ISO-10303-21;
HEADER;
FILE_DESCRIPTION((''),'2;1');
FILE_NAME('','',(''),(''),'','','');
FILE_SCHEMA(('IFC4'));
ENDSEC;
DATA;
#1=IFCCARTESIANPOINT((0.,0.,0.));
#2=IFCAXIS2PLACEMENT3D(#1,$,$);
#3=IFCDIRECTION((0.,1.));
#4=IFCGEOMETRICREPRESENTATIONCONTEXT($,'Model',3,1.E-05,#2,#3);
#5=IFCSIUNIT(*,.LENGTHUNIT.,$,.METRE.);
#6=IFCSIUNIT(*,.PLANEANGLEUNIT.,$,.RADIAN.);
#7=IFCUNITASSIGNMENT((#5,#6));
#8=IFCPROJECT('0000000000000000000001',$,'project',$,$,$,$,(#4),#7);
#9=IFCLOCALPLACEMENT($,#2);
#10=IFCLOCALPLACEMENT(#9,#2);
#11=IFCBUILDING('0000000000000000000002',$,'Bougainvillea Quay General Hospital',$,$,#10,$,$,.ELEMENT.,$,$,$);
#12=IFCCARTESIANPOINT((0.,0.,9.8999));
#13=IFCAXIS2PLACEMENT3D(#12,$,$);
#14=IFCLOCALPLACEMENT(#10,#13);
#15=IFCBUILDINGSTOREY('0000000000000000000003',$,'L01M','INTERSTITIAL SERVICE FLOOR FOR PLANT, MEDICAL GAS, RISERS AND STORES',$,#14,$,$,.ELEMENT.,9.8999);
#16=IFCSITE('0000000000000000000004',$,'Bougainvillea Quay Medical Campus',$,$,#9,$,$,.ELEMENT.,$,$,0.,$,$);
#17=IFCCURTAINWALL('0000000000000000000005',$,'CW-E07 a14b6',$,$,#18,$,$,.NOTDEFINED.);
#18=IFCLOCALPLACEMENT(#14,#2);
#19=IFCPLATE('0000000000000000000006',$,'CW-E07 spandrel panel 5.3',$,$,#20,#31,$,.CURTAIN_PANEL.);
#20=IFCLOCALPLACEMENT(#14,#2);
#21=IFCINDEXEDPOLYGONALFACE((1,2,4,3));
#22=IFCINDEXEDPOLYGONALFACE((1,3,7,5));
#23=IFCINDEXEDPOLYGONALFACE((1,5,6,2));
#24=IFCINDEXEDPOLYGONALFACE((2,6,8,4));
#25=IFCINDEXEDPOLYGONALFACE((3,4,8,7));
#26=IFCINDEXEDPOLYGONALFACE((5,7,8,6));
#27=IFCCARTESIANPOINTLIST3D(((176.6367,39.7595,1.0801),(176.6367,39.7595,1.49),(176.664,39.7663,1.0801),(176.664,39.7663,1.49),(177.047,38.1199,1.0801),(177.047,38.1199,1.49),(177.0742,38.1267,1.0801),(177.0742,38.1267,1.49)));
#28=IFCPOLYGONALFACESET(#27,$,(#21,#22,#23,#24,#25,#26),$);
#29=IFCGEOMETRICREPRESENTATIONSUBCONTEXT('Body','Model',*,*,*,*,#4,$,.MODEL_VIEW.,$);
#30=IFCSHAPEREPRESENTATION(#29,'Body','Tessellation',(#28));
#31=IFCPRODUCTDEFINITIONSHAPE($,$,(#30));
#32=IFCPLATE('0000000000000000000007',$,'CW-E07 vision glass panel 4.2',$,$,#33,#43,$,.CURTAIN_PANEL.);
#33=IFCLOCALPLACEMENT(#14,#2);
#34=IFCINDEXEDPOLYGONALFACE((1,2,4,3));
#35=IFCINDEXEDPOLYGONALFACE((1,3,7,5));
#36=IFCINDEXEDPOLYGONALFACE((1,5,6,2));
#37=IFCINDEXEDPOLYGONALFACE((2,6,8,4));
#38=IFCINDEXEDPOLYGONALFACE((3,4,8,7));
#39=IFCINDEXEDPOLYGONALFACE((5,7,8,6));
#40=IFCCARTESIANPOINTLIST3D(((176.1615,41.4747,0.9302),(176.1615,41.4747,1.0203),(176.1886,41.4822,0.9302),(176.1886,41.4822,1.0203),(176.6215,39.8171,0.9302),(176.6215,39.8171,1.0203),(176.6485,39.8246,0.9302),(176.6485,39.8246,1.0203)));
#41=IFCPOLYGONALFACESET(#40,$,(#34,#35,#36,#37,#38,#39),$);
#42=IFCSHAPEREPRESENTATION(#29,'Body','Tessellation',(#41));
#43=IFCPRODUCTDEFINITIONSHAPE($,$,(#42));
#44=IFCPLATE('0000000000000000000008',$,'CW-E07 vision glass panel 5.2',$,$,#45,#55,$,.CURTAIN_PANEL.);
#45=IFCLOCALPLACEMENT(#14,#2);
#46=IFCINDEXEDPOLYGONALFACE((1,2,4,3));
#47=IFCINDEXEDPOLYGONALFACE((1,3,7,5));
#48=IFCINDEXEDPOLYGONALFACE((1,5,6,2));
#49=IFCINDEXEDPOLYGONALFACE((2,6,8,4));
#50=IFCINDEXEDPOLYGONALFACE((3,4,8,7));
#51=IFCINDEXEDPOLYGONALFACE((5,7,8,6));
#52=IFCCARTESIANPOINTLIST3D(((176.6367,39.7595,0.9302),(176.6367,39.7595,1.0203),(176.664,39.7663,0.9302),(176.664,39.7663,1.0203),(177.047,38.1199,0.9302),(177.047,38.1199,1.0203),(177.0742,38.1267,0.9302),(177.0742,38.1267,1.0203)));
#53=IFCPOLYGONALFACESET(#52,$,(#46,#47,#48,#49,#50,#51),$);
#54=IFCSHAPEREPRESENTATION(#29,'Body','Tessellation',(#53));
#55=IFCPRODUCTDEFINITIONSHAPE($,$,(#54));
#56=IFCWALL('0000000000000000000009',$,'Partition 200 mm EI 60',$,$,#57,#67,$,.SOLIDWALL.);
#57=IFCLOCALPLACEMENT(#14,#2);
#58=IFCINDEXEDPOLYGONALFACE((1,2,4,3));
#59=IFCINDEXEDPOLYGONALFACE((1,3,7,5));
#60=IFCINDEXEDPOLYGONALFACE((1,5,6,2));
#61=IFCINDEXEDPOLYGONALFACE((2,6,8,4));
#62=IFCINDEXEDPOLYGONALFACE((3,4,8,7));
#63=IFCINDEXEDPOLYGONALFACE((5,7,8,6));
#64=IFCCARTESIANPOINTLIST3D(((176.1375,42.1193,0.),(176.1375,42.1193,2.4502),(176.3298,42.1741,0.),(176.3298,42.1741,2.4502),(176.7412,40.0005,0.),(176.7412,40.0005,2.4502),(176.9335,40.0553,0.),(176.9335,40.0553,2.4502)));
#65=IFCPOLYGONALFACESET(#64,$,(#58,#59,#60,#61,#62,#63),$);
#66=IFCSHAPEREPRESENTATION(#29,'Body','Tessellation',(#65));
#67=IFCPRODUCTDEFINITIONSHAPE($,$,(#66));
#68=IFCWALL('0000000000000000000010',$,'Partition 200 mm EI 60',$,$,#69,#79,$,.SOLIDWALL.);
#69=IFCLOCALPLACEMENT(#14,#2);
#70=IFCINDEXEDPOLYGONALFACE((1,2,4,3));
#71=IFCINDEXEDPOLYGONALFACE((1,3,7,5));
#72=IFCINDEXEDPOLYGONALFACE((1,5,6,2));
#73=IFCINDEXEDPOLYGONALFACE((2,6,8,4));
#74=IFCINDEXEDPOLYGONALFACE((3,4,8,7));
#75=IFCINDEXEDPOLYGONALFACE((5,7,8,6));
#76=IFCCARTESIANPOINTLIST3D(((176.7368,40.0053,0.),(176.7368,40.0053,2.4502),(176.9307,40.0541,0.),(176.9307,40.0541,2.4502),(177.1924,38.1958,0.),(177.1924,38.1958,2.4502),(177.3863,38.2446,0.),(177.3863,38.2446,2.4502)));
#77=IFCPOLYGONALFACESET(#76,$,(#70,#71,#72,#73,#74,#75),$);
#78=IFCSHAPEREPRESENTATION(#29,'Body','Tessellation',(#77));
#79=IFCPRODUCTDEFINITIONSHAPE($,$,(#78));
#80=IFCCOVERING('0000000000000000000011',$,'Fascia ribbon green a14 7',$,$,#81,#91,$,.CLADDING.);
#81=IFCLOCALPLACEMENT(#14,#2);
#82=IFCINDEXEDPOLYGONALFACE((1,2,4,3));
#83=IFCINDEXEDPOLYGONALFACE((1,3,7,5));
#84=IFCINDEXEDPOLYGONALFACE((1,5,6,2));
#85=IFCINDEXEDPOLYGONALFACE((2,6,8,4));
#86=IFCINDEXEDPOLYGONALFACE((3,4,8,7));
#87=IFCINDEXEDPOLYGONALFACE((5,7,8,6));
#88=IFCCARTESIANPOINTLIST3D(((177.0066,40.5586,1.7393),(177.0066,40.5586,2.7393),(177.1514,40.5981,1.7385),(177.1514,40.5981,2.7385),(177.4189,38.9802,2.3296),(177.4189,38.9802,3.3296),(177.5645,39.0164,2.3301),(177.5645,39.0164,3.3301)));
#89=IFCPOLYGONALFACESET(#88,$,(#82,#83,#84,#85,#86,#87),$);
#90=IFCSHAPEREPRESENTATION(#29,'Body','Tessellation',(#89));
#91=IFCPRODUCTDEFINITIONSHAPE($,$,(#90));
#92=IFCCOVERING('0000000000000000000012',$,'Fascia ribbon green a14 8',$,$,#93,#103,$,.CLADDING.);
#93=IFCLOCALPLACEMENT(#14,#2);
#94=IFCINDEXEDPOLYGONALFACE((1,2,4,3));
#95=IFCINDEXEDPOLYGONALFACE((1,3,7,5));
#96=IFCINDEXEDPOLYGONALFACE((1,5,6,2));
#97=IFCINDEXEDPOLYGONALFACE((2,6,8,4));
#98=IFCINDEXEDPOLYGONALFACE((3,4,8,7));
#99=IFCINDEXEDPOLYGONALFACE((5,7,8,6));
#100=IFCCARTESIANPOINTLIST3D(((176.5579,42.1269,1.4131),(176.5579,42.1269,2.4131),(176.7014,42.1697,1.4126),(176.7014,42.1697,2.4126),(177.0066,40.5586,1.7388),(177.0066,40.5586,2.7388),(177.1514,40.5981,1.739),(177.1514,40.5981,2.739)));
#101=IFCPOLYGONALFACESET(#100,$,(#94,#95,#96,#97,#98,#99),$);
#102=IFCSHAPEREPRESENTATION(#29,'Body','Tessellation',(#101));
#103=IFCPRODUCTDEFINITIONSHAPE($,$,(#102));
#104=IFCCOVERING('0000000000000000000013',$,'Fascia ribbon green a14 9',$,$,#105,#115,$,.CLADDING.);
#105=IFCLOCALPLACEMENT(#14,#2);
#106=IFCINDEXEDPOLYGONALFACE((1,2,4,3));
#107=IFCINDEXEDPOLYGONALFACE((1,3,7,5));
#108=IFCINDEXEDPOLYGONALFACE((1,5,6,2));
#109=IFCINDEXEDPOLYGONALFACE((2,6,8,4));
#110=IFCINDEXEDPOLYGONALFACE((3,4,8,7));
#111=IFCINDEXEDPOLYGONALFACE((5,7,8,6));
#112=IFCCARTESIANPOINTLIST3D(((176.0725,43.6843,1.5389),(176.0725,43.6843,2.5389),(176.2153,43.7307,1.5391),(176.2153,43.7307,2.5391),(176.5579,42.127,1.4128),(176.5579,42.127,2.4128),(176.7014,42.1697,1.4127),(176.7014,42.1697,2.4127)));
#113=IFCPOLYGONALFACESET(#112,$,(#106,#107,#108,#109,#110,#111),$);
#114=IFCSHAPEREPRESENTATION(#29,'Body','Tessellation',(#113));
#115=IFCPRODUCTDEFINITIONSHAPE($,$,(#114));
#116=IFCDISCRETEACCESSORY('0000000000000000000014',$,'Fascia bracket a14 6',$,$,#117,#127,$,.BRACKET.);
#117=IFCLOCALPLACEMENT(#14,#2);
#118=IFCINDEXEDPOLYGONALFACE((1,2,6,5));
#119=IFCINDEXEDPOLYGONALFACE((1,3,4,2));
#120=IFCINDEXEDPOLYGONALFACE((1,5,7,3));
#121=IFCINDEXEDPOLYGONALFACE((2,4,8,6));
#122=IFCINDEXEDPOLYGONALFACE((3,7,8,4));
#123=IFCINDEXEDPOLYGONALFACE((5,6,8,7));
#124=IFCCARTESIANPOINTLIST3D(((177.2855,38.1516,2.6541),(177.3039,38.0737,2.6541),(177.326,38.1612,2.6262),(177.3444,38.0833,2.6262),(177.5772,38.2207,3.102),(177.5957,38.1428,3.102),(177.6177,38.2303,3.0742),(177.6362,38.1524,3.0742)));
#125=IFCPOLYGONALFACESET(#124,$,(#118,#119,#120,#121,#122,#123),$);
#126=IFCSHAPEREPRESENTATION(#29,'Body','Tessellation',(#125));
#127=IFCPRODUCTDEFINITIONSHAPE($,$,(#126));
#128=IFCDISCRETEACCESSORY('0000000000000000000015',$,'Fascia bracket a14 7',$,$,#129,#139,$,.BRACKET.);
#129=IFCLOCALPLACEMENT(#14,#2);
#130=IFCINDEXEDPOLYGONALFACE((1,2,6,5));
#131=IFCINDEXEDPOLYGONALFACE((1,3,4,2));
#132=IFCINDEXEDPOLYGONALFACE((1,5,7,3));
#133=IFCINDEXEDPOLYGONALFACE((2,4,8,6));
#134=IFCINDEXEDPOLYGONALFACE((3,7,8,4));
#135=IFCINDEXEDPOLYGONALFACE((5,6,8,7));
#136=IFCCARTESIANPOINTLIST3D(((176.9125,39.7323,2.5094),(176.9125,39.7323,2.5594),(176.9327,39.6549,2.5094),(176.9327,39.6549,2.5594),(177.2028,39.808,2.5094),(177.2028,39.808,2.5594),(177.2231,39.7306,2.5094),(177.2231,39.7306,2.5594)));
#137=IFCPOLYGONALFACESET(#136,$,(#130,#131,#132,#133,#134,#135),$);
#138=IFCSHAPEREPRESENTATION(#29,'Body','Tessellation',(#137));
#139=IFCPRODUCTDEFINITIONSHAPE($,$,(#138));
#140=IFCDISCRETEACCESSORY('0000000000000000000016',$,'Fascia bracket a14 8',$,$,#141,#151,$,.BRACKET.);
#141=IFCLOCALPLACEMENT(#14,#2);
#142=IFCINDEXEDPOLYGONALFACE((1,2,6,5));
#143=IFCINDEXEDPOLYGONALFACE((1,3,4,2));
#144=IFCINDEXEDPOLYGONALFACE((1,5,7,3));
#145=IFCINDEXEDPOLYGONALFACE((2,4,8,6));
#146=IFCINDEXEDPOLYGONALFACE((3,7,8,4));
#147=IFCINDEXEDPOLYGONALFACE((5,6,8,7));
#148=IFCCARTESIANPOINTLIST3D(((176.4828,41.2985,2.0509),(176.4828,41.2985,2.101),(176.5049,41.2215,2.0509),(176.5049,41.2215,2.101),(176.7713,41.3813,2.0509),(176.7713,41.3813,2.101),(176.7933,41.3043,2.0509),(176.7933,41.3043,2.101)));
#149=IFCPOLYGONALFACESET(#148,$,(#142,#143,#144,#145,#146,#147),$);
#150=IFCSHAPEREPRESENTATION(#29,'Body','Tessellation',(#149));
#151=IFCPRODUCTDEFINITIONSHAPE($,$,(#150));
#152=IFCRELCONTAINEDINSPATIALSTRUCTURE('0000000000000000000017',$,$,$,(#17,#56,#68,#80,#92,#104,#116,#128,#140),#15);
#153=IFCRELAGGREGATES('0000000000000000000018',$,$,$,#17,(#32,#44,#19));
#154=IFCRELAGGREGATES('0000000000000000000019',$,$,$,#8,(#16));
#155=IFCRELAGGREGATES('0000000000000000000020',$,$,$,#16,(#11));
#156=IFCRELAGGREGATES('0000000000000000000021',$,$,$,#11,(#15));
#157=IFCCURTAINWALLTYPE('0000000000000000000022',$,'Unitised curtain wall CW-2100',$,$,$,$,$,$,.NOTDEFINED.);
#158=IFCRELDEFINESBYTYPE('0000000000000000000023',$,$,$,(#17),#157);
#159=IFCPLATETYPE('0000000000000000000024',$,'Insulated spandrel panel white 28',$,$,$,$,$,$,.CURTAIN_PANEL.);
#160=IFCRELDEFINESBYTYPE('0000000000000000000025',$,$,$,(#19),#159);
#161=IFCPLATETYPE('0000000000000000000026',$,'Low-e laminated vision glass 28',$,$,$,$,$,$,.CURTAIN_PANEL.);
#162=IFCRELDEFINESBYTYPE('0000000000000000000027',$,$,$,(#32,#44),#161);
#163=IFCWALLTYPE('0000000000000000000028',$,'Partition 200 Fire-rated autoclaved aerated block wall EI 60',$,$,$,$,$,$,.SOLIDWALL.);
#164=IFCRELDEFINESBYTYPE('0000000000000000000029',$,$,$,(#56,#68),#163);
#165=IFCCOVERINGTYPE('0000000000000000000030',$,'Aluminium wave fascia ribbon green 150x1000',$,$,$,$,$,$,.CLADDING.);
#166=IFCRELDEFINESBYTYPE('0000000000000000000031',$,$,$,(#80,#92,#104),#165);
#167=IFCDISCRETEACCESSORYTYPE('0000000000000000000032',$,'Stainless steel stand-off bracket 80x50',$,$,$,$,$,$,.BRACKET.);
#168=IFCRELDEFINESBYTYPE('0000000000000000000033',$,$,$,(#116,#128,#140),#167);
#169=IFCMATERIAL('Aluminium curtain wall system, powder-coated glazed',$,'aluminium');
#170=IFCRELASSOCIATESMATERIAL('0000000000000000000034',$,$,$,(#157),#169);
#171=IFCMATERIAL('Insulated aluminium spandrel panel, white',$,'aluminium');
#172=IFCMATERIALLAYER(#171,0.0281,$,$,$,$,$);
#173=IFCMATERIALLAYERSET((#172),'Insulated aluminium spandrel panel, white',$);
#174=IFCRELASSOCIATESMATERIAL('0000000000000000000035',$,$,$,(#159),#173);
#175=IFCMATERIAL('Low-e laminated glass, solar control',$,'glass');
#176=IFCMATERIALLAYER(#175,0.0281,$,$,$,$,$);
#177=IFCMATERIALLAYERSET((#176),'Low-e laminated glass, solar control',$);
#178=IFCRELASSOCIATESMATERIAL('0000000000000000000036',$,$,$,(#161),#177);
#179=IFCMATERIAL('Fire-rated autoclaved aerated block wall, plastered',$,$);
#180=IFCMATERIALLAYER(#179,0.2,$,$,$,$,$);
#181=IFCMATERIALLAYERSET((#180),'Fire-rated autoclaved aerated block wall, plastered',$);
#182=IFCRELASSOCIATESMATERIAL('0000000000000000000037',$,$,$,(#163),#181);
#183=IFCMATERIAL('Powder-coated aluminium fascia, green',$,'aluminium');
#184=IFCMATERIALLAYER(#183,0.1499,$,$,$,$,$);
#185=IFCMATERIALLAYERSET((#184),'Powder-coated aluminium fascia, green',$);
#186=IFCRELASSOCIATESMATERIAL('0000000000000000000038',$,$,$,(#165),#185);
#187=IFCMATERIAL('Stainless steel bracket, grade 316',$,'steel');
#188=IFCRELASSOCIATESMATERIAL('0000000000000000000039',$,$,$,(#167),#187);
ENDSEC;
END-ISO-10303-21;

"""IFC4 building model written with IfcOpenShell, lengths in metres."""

from ifc_helpers import new_model, si_unit, direction, frame, frame_2d, origin, origin_2d, place, context, subcontext, project, spatial, polyline, rectangle, outline, extrude, material, layer, layer_set, material_profile, profile_set, type_object, element, aggregate, save


model = new_model("IFC4")

# Units and contexts
model_context = context("Model", 3, precision=1e-05, world=origin(), true_north=direction((0.0, 1.0)))
body_context = subcontext(model_context, "Body", "Model", "MODEL_VIEW")
ifc_project = project(units=[si_unit("LENGTHUNIT", "METRE"), si_unit("PLANEANGLEUNIT", "RADIAN")], contexts=[model_context])

# Site, building, storey
site_placement = place(None, origin())
site = spatial("IfcSite", under=ifc_project, at=site_placement, Name="Bougainvillea Quay Medical Campus", CompositionType="ELEMENT", RefElevation=0.0)
building_placement = place(site_placement, origin())
building = spatial("IfcBuilding", under=site, at=building_placement, Name="Bougainvillea Quay General Hospital", CompositionType="ELEMENT")
storey_placement = place(building_placement, frame((0.0, 0.0, 9.8999)))
storey = spatial("IfcBuildingStorey", under=building, at=storey_placement, Name="L01M", Description="INTERSTITIAL SERVICE FLOOR FOR PLANT, MEDICAL GAS, RISERS AND STORES", CompositionType="ELEMENT", Elevation=9.8999)

# Curtain wall, plates
ifc_material_1 = material(Name="Aluminium curtain wall system, powder-coated glazed", Category="aluminium")
curtain_wall_type = type_object("IfcCurtainWallType", Name="Unitised curtain wall CW-2100", PredefinedType="NOTDEFINED", material=ifc_material_1)
curtain_wall_placement = place(storey_placement, origin())
curtain_wall = element("IfcCurtainWall", 1, at=curtain_wall_placement, inside=storey, type_object=curtain_wall_type, Name="CW-E07 a14b6", PredefinedType="NOTDEFINED")
ifc_material_2 = material(Name="Insulated aluminium spandrel panel, white", Category="aluminium")
ifc_layer_1 = layer(ifc_material_2, 0.0281)
ifc_layer_set_1 = layer_set([ifc_layer_1], Name="Insulated aluminium spandrel panel, white")
plate_type_1 = type_object("IfcPlateType", Name="Insulated spandrel panel white 28", PredefinedType="CURTAIN_PANEL", material=ifc_layer_set_1)
plate_1_placement = place(storey_placement, frame((176.8555, 38.9431, 1.0801), z_axis=(0.0, 0.0, 1.0), x_axis=(0.242721, -0.970096, 0.0)))
plate_1 = element("IfcPlate", 2, at=plate_1_placement, type_object=plate_type_1, Name="CW-E07 spandrel panel 5.3", PredefinedType="CURTAIN_PANEL", context=body_context, shape_type="SweptSolid", body=[
    extrude(rectangle(XDim=1.6902, YDim=0.0281, at=origin_2d()), origin(), (0.0, 0.0, 1.0), 0.4099),
])
ifc_material_3 = material(Name="Low-e laminated glass, solar control", Category="glass")
ifc_layer_2 = layer(ifc_material_3, 0.0281)
ifc_layer_set_2 = layer_set([ifc_layer_2], Name="Low-e laminated glass, solar control")
plate_type_2 = type_object("IfcPlateType", Name="Low-e laminated vision glass 28", PredefinedType="CURTAIN_PANEL", material=ifc_layer_set_2)
plate_2_placement = place(storey_placement, frame((176.405, 40.6497, 0.9302), z_axis=(0.0, 0.0, 1.0), x_axis=(0.2674, -0.963586, 0.0)))
plate_2 = element("IfcPlate", 3, at=plate_2_placement, type_object=plate_type_2, Name="CW-E07 vision glass panel 4.2", PredefinedType="CURTAIN_PANEL", context=body_context, shape_type="SweptSolid", body=[
    extrude(rectangle(XDim=1.7202, YDim=0.0281, at=origin_2d()), origin(), (0.0, 0.0, 1.0), 0.0901),
])
plate_3_placement = place(storey_placement, frame((176.8555, 38.9431, 0.9302), z_axis=(0.0, 0.0, 1.0), x_axis=(0.242721, -0.970096, 0.0)))
plate_3 = element("IfcPlate", 4, at=plate_3_placement, type_object=plate_type_2, Name="CW-E07 vision glass panel 5.2", PredefinedType="CURTAIN_PANEL", context=body_context, shape_type="SweptSolid", body=[
    extrude(rectangle(XDim=1.6902, YDim=0.0281, at=origin_2d()), origin(), (0.0, 0.0, 1.0), 0.0901),
])
aggregate(curtain_wall, [plate_2, plate_3, plate_1])

# Walls
ifc_material_4 = material(Name="Fire-rated autoclaved aerated block wall, plastered")
ifc_layer_3 = layer(ifc_material_4, 0.2)
ifc_layer_set_3 = layer_set([ifc_layer_3], Name="Fire-rated autoclaved aerated block wall, plastered")
wall_type = type_object("IfcWallType", Name="Partition 200 Fire-rated autoclaved aerated block wall EI 60", PredefinedType="SOLIDWALL", material=ifc_layer_set_3)
wall_1_placement = place(storey_placement, frame((176.2336, 42.1467, 0.0), z_axis=(0.0, 0.0, 1.0), x_axis=(0.274033, -0.96172, 0.0)))
element("IfcWall", 5, at=wall_1_placement, inside=storey, type_object=wall_type, Name="Partition 200 mm EI 60", PredefinedType="SOLIDWALL", context=body_context, shape_type="SweptSolid", body=[
    extrude(rectangle(XDim=2.2031, YDim=0.2, at=frame_2d((1.1016, 0.0))), origin(), (0.0, 0.0, 1.0), 2.4502),
])
wall_2_placement = place(storey_placement, frame((176.8337, 40.0298, 0.0), z_axis=(0.0, 0.0, 1.0), x_axis=(0.244136, -0.969741, 0.0)))
element("IfcWall", 6, at=wall_2_placement, inside=storey, type_object=wall_type, Name="Partition 200 mm EI 60", PredefinedType="SOLIDWALL", context=body_context, shape_type="SweptSolid", body=[
    extrude(rectangle(XDim=1.866, YDim=0.2, at=frame_2d((0.9331, 0.0))), origin(), (0.0, 0.0, 1.0), 2.4502),
])

# Coverings
ifc_material_5 = material(Name="Powder-coated aluminium fascia, green", Category="aluminium")
ifc_layer_4 = layer(ifc_material_5, 0.1499)
ifc_layer_set_4 = layer_set([ifc_layer_4], Name="Powder-coated aluminium fascia, green")
covering_type = type_object("IfcCoveringType", Name="Aluminium wave fascia ribbon green 150x1000", PredefinedType="CLADDING", material=ifc_layer_set_4)
covering_1_placement = place(storey_placement, frame((177.4189, 38.9802, 2.3296), z_axis=(-0.085104, 0.32945, 0.94033), x_axis=(-0.237686, 0.909794, -0.340263)))
element("IfcCovering", 7, at=covering_1_placement, inside=storey, type_object=covering_type, Name="Fascia ribbon green a14 7", PredefinedType="CLADDING", context=body_context, shape_type="SweptSolid", body=[
    extrude(outline(polyline([(0.0, 0.0), (1.7349, 0.0), (1.7367, -0.1501), (-0.0019, -0.1499), (0.0, 0.0)])), origin(), (-0.340263, 0.000878, 0.94033), 1.0),
])
covering_2_placement = place(storey_placement, frame((177.0066, 40.5586, 1.7388), z_axis=(-0.05296, 0.188504, 0.980643), x_axis=(-0.269752, 0.942813, -0.1958)))
element("IfcCovering", 8, at=covering_2_placement, inside=storey, type_object=covering_type, Name="Fascia ribbon green a14 8", PredefinedType="CLADDING", context=body_context, shape_type="SweptSolid", body=[
    extrude(outline(polyline([(0.0, 0.0), (1.6635, 0.0), (1.6651, -0.1498), (-0.0018, -0.1501), (0.0, 0.0)])), origin(), (-0.1958, 0.000919, 0.980643), 1.0),
])
covering_3_placement = place(storey_placement, frame((176.5579, 42.127, 1.4128), z_axis=(0.022895, -0.073579, 0.997027), x_axis=(-0.296649, 0.951873, 0.077059)))
element("IfcCovering", 9, at=covering_3_placement, inside=storey, type_object=covering_type, Name="Fascia ribbon green a14 9", PredefinedType="CLADDING", context=body_context, shape_type="SweptSolid", body=[
    extrude(outline(polyline([(0.0, 0.0), (1.6361, 0.0), (1.6379, -0.1502), (-0.0019, -0.1498), (0.0, 0.0)])), origin(), (0.077059, -0.000034, 0.997027), 1.0),
])

# Discrete accessories
ifc_material_6 = material(Name="Stainless steel bracket, grade 316", Category="steel")
ifc_material_profile_1 = material_profile(ifc_material_6, rectangle(XDim=0.0801, YDim=0.05, at=origin_2d()))
ifc_profile_set_1 = profile_set([ifc_material_profile_1], Name="Stainless steel bracket, grade 316")
discrete_accessory_type = type_object("IfcDiscreteAccessoryType", Name="Stainless steel stand-off bracket 80x50", PredefinedType="BRACKET", material=ifc_profile_set_1)
discrete_accessory_placement = place(storey_placement, frame((177.3149, 38.1174, 2.6401), z_axis=(0.54121, 0.128169, 0.831062), x_axis=(-0.230446, 0.973085, 0.0)))
element("IfcDiscreteAccessory", 10, at=discrete_accessory_placement, inside=storey, type_object=discrete_accessory_type, Name="Fascia bracket a14 6", PredefinedType="BRACKET", context=body_context, shape_type="SweptSolid", body=[
    extrude(rectangle(XDim=0.0801, YDim=0.05, at=origin_2d()), origin(), (0.0, 0.0, 1.0), 0.5391),
])
for number, where, z_axis, x_axis, name in (
    (11, (176.9226, 39.6936, 2.5344), (0.967652, 0.252289, 0.0), (-0.252289, 0.967652, 0.0), "Fascia bracket a14 7"),
    (12, (176.4939, 41.26, 2.0759), (0.961185, 0.275903, 0.0), (-0.275903, 0.961185, 0.0), "Fascia bracket a14 8"),
):
    element("IfcDiscreteAccessory", number, at=place(storey_placement, frame(where, z_axis=z_axis, x_axis=x_axis)), inside=storey, type_object=discrete_accessory_type, Name=name, PredefinedType="BRACKET", context=body_context, shape_type="SweptSolid", body=[
        extrude(rectangle(XDim=0.0801, YDim=0.05, at=origin_2d()), origin(), (0.0, 0.0, 1.0), 0.3),
    ])

save(model, "model.ifc")
